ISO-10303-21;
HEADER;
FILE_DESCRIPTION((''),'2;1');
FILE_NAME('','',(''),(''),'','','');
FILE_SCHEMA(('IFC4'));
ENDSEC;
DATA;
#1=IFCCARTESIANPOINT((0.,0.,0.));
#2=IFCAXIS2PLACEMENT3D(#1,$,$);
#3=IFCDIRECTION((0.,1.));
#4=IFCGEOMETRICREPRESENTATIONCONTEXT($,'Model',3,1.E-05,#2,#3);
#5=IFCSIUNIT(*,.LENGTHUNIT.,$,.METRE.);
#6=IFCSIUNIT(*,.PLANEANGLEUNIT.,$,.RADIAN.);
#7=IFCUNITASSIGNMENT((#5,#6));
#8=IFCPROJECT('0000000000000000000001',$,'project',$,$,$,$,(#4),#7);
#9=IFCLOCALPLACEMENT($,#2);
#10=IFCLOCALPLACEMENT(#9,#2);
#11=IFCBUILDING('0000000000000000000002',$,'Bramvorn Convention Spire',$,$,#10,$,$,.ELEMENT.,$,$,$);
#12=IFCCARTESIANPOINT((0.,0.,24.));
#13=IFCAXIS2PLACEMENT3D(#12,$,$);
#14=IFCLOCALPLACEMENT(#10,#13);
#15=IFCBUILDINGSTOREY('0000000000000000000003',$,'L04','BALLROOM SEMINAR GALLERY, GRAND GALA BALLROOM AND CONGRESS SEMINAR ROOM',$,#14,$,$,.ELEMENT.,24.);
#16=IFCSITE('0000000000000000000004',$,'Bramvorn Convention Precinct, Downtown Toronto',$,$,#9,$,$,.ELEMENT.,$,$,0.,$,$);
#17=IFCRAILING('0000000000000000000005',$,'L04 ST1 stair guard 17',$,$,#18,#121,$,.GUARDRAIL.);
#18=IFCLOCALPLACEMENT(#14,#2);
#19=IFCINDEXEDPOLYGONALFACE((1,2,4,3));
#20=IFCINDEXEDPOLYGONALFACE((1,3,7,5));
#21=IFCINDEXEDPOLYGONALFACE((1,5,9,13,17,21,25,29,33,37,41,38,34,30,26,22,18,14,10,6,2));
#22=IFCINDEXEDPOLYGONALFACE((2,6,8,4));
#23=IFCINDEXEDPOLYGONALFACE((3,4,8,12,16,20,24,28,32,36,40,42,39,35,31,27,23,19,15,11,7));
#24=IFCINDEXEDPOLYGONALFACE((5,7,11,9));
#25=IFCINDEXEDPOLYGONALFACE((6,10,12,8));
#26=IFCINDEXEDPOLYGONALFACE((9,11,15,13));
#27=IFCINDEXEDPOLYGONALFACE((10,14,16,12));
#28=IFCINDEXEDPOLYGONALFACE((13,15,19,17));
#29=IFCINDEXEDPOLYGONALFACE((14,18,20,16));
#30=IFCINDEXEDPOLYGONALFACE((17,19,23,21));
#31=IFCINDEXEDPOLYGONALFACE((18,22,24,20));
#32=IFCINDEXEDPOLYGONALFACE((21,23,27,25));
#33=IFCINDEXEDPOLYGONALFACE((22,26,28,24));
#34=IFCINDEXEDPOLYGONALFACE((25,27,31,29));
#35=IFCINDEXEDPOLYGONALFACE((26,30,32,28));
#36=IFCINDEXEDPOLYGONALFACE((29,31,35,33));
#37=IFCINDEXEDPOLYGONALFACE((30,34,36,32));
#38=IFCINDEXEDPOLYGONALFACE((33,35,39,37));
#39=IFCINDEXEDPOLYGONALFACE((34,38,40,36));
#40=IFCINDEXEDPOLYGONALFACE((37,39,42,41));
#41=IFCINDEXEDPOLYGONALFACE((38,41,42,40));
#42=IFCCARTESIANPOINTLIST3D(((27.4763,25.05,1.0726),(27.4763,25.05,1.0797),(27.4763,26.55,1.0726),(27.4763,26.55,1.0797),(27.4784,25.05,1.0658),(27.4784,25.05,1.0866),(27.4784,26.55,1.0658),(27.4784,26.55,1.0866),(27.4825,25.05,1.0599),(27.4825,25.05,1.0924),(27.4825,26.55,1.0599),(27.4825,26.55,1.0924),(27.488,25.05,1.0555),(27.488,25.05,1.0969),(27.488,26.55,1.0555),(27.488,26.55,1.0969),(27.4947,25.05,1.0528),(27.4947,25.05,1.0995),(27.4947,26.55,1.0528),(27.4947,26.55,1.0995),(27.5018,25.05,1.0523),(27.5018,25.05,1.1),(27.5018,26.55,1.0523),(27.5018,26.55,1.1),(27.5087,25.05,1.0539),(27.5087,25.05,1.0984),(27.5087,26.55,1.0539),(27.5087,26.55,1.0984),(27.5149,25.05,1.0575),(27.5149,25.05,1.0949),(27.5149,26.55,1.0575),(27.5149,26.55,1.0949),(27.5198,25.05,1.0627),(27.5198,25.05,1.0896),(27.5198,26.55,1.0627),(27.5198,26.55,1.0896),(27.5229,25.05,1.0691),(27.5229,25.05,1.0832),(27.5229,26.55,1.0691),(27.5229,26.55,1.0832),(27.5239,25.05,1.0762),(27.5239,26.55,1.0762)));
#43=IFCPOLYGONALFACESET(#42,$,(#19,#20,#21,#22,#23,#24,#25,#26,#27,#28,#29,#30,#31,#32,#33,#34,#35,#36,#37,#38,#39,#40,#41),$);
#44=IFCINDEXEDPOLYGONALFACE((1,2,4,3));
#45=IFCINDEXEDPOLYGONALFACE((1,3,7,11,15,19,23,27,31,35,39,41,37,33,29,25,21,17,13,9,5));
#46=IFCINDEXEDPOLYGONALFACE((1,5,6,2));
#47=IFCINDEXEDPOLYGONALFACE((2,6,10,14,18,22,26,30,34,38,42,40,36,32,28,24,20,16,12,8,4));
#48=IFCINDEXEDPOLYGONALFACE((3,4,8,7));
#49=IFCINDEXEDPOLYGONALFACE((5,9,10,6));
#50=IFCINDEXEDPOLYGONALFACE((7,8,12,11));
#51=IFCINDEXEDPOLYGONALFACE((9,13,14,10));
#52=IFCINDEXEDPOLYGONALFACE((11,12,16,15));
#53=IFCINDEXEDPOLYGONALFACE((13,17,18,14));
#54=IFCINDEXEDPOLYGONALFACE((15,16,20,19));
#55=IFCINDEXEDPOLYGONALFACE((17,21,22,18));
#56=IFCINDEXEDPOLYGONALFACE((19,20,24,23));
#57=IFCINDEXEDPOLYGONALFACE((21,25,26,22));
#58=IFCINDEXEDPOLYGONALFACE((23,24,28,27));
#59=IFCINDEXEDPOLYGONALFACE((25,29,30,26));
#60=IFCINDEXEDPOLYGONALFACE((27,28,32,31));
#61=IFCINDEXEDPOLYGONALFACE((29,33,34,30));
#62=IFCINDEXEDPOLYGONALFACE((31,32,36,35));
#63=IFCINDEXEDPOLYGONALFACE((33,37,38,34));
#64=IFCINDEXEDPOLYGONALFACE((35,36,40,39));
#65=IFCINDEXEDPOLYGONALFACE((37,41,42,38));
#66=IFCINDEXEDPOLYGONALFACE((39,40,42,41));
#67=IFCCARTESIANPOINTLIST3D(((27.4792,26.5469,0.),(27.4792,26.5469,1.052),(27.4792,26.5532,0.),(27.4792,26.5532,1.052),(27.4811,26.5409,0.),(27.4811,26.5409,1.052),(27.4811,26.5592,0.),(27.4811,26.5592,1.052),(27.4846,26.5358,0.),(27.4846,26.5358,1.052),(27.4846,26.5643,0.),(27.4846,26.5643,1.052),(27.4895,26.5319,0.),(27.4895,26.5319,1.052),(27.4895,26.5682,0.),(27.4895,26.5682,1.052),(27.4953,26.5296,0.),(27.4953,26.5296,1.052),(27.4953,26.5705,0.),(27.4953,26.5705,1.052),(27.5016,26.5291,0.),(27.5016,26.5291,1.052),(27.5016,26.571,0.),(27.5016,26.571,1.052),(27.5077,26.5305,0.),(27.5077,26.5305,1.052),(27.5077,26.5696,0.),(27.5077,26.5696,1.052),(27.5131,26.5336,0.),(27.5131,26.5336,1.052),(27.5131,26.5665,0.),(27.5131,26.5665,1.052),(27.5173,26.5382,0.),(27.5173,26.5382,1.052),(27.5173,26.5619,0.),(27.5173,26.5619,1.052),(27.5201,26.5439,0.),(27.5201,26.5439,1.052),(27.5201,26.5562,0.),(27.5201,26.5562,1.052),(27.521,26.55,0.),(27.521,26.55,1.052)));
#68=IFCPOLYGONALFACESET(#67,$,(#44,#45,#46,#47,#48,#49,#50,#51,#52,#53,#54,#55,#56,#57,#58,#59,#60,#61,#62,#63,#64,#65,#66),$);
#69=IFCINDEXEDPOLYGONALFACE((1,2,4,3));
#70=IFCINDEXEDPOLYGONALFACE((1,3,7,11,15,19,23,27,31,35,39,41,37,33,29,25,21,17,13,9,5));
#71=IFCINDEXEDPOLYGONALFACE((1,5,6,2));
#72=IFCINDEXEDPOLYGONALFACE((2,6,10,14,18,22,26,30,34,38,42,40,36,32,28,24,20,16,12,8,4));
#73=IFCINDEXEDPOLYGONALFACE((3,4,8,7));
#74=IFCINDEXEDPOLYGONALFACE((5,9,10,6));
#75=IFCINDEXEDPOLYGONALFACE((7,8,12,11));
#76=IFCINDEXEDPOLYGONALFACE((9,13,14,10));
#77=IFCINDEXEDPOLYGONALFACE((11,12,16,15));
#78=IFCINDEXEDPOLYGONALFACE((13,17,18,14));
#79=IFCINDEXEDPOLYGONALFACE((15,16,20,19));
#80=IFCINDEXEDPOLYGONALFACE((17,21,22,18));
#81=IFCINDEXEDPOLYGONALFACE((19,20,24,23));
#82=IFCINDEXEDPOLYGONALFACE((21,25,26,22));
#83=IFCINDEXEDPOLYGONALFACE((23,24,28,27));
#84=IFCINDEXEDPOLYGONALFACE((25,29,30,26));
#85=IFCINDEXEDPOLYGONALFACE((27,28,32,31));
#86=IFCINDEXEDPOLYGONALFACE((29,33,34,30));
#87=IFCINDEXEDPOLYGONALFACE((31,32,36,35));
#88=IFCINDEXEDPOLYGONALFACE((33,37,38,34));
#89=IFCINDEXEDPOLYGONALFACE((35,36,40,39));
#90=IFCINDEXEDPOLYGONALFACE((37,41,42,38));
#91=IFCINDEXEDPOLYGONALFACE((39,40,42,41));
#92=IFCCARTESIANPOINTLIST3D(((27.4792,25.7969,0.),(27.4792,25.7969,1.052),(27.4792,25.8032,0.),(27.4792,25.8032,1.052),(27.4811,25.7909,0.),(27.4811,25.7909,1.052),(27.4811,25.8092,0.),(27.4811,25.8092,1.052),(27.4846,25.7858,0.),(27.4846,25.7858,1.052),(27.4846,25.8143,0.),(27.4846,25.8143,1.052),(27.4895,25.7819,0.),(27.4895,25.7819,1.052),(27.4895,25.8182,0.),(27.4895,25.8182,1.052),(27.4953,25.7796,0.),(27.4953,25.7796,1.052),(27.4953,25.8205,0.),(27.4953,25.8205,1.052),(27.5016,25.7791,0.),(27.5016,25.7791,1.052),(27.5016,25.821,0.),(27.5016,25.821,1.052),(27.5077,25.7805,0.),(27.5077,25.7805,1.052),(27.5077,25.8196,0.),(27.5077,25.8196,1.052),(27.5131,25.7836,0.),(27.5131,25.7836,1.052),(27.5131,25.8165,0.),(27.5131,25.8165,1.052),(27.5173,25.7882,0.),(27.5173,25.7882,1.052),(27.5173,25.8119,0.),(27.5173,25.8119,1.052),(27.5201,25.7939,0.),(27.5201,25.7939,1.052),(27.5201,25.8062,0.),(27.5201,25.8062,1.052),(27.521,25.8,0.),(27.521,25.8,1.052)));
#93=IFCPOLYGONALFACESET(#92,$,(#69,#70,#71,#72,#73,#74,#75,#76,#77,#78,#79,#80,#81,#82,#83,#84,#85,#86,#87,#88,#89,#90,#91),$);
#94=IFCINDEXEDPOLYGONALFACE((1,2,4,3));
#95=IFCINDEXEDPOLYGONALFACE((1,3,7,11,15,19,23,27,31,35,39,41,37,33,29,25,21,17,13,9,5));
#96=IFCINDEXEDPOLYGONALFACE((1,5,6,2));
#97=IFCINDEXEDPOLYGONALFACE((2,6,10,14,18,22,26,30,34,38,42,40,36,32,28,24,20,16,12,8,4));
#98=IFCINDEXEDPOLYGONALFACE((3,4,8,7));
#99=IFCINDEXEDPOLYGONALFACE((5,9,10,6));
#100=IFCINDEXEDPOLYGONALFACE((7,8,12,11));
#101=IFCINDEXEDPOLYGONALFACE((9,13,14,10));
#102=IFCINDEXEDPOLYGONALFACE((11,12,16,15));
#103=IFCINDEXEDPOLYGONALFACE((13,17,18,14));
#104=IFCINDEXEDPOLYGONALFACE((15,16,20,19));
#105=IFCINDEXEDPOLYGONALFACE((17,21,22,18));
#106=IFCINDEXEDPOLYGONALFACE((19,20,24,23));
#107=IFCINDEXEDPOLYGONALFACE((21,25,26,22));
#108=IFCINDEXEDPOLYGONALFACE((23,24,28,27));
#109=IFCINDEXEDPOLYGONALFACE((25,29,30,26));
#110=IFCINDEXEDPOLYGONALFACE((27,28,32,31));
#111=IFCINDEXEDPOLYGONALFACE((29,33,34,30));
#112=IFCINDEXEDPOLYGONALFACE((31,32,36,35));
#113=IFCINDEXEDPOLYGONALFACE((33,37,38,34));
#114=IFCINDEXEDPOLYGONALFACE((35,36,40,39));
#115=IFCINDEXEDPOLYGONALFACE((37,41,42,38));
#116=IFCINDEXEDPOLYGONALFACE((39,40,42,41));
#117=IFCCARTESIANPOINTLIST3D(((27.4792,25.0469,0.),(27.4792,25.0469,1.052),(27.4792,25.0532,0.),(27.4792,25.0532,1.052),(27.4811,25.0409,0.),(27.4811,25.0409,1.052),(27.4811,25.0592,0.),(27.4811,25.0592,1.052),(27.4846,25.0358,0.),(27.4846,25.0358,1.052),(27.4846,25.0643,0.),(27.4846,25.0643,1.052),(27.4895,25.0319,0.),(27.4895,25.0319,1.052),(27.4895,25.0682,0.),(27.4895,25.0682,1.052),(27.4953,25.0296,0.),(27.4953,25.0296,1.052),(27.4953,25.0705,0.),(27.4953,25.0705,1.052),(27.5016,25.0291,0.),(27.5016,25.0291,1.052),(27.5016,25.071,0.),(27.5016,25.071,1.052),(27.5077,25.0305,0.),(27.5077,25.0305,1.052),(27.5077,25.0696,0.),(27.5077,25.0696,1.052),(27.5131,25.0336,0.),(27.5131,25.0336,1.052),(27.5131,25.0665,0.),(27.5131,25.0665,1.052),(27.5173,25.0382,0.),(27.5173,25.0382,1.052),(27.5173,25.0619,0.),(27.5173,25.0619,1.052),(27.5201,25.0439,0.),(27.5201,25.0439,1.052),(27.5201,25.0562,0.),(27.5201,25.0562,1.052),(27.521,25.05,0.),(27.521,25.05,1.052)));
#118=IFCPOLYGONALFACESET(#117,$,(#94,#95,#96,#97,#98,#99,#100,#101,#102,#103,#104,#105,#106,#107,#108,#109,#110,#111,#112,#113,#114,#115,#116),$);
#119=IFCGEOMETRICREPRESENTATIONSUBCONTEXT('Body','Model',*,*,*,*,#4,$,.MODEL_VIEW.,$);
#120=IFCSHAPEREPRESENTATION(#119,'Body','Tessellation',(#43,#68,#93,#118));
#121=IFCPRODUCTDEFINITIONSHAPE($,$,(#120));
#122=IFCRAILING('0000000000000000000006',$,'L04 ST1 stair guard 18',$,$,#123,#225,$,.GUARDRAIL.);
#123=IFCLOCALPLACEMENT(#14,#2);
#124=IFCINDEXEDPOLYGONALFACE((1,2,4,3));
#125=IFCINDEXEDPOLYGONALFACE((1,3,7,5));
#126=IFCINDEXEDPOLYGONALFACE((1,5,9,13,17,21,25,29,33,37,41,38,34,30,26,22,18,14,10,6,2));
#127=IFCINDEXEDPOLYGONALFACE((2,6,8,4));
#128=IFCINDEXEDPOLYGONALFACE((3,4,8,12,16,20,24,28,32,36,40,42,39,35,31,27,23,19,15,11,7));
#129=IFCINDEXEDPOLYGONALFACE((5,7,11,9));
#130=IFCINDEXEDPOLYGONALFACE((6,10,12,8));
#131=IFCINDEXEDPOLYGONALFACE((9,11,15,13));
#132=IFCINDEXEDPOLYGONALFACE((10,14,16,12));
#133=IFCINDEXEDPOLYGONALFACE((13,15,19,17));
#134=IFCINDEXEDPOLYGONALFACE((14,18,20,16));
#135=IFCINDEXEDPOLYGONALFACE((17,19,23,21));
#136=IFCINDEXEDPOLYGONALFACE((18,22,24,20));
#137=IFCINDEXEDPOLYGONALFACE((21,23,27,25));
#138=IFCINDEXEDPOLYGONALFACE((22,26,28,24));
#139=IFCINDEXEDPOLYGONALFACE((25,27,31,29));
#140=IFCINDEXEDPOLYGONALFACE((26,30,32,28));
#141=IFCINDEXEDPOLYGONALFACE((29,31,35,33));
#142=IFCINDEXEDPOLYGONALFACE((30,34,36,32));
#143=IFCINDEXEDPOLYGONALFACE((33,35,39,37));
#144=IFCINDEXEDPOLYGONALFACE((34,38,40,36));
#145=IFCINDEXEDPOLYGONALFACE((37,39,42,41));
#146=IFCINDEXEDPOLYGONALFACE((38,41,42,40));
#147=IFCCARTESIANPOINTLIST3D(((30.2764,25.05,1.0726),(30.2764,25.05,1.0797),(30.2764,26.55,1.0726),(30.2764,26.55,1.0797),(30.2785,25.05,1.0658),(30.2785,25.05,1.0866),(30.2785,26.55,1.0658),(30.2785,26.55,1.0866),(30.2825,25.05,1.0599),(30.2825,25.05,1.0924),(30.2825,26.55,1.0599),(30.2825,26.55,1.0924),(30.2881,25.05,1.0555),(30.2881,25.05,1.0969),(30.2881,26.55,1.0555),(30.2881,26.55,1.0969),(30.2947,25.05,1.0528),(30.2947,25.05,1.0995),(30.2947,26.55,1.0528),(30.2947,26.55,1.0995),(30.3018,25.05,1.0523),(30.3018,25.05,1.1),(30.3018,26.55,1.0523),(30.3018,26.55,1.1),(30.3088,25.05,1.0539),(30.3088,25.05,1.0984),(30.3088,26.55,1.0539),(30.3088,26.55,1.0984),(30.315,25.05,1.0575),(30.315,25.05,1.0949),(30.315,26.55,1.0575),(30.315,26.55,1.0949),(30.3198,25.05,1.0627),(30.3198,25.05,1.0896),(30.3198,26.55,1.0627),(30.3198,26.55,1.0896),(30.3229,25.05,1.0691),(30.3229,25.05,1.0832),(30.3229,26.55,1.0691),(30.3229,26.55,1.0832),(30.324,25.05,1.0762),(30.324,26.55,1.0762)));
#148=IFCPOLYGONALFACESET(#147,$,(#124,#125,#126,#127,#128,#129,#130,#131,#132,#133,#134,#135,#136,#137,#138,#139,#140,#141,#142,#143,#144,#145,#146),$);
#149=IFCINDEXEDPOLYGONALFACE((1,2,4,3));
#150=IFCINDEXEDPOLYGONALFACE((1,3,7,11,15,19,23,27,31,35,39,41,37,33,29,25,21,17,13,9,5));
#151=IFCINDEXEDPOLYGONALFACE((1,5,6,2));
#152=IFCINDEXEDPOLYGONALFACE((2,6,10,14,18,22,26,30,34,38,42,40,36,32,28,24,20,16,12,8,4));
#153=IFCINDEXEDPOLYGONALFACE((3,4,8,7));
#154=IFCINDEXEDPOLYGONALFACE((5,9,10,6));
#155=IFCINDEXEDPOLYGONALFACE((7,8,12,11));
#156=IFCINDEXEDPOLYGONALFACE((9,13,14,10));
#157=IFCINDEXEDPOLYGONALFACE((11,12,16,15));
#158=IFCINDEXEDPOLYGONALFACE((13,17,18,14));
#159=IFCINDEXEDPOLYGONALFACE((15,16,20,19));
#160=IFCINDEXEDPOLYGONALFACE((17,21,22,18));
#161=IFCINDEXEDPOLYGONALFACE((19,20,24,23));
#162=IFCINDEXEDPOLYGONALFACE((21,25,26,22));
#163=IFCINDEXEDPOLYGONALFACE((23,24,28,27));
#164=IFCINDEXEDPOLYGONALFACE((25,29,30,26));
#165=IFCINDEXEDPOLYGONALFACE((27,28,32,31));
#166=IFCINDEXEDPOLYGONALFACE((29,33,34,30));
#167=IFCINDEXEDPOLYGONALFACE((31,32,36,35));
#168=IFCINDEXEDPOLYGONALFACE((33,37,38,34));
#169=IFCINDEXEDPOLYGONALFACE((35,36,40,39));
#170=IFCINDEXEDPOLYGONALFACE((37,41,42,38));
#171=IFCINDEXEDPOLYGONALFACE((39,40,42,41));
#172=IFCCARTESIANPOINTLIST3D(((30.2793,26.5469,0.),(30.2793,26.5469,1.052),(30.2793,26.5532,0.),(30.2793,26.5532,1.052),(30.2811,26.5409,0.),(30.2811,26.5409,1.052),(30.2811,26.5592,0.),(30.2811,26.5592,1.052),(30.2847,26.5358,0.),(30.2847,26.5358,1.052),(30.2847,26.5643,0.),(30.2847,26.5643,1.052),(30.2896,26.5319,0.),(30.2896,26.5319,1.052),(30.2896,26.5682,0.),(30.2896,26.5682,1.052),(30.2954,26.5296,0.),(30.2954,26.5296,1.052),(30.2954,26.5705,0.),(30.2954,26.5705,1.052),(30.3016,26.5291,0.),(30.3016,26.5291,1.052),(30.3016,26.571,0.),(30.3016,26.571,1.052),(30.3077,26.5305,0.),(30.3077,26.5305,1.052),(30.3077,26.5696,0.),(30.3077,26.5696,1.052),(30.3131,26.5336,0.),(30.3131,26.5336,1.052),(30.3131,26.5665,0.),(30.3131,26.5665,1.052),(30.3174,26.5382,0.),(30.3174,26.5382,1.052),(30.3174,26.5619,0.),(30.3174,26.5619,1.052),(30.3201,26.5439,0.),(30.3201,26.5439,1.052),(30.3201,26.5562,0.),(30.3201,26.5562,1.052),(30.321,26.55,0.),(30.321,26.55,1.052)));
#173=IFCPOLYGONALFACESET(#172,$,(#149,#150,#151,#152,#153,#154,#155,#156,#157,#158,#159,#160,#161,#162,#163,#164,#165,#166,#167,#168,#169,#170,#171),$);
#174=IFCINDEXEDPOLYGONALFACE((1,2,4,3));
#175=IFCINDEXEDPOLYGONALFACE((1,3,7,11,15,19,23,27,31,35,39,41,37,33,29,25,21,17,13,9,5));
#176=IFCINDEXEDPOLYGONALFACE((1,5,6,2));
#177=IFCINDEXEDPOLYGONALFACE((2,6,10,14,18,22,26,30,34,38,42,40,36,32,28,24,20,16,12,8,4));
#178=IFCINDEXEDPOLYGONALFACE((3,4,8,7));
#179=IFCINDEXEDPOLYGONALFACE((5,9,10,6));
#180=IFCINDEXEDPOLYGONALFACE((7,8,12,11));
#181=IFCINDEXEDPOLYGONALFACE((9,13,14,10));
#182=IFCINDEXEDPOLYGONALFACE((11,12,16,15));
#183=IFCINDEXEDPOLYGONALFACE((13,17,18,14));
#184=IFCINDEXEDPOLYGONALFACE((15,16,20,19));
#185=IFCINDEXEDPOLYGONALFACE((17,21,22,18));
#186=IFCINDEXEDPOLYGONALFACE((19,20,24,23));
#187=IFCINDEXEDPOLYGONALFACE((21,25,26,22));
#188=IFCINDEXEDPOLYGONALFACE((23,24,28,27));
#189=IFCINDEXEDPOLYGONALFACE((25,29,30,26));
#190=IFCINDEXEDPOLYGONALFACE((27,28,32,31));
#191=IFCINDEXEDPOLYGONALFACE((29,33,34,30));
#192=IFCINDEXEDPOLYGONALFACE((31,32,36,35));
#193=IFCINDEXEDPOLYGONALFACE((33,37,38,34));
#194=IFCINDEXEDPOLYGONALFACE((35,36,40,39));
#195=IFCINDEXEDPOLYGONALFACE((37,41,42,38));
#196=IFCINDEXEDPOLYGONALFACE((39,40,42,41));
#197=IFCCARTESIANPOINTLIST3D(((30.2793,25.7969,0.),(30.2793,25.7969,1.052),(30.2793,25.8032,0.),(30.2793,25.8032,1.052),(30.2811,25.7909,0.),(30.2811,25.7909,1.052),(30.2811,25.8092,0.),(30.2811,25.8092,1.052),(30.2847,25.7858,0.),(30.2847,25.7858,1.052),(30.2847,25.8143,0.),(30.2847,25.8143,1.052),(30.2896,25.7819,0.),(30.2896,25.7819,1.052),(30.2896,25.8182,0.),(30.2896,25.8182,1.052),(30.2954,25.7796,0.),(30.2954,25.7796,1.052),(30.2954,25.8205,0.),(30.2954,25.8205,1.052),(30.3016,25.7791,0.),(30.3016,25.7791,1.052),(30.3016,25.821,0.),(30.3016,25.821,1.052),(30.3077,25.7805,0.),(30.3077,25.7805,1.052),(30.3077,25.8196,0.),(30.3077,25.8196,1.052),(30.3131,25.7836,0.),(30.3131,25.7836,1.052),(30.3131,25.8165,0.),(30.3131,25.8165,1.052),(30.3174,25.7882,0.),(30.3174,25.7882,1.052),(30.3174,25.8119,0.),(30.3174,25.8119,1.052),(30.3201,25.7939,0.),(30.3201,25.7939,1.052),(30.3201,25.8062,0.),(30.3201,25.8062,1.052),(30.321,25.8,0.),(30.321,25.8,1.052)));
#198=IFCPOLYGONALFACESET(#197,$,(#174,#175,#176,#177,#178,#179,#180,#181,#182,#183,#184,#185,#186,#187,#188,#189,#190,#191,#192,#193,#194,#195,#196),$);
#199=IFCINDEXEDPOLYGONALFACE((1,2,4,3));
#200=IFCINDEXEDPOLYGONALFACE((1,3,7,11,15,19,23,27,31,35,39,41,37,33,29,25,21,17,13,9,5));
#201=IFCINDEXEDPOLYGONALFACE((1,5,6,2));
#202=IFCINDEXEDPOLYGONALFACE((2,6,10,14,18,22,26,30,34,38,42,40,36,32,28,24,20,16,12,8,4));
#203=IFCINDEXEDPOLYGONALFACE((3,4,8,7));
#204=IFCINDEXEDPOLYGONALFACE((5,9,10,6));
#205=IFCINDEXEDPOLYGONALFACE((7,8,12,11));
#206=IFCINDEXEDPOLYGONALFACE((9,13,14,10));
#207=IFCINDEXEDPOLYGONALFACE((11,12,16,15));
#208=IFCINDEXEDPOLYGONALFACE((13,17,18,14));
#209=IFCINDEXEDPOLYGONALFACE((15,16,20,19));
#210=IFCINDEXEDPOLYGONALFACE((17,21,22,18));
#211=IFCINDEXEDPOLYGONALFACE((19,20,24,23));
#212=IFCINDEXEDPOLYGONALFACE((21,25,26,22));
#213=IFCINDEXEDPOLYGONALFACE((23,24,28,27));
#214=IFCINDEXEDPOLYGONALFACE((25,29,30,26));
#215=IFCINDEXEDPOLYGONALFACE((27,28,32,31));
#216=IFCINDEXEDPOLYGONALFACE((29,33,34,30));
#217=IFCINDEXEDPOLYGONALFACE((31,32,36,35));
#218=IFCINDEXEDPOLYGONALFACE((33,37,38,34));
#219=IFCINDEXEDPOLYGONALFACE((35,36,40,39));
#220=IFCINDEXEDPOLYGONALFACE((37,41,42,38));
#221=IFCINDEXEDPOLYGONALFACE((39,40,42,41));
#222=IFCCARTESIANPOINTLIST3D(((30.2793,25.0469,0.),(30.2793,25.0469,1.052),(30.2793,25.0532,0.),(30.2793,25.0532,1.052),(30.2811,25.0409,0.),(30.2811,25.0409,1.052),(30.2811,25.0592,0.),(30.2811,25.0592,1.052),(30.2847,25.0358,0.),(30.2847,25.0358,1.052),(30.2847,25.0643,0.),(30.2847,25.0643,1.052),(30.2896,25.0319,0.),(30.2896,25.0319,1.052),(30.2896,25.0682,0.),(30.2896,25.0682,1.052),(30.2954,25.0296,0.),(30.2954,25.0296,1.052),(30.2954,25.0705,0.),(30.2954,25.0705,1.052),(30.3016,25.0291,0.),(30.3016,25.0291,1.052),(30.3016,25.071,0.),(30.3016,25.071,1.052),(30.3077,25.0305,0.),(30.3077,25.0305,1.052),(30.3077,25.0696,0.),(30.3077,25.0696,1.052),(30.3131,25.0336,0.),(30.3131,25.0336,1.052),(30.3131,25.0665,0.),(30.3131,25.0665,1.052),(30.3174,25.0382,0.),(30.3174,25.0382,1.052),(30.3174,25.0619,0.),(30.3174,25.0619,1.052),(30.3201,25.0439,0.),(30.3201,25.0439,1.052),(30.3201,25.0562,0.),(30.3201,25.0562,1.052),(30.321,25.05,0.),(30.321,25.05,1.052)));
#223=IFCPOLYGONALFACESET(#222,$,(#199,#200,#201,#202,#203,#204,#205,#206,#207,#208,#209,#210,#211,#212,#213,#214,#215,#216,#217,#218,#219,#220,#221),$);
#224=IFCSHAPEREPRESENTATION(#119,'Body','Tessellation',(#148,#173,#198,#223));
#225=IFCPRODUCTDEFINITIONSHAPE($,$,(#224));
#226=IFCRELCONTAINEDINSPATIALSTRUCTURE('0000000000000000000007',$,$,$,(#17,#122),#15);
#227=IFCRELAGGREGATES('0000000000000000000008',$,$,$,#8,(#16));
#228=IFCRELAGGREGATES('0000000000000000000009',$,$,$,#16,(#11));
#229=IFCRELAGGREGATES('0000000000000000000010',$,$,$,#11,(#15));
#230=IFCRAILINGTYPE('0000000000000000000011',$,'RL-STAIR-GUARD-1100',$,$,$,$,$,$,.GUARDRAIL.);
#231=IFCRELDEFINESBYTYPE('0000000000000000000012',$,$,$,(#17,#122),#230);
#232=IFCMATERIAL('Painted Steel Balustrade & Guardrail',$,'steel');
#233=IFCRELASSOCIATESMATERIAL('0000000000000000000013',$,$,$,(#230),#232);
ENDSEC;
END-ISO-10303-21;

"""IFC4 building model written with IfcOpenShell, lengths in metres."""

from ifc_helpers import new_model, si_unit, direction, frame, origin, origin_2d, place, context, subcontext, project, spatial, circle, extrude, material, type_object, element, save


model = new_model("IFC4")

# Units and contexts
model_context = context("Model", 3, precision=1e-05, world=origin(), true_north=direction((0.0, 1.0)))
body_context = subcontext(model_context, "Body", "Model", "MODEL_VIEW")
ifc_project = project(units=[si_unit("LENGTHUNIT", "METRE"), si_unit("PLANEANGLEUNIT", "RADIAN")], contexts=[model_context])

# Site, building, storey
site_placement = place(None, origin())
site = spatial("IfcSite", under=ifc_project, at=site_placement, Name="Bramvorn Convention Precinct, Downtown Toronto", CompositionType="ELEMENT", RefElevation=0.0)
building_placement = place(site_placement, origin())
building = spatial("IfcBuilding", under=site, at=building_placement, Name="Bramvorn Convention Spire", CompositionType="ELEMENT")
storey_placement = place(building_placement, frame((0.0, 0.0, 24.0)))
storey = spatial("IfcBuildingStorey", under=building, at=storey_placement, Name="L04", Description="BALLROOM SEMINAR GALLERY, GRAND GALA BALLROOM AND CONGRESS SEMINAR ROOM", CompositionType="ELEMENT", Elevation=24.0)

# Railings
ifc_material_1 = material(Name="Painted Steel Balustrade & Guardrail", Category="steel")
railing_type = type_object("IfcRailingType", Name="RL-STAIR-GUARD-1100", PredefinedType="GUARDRAIL", material=ifc_material_1)
for number, where, name in (
    (1, (27.5, 26.55, 0.0), "L04 ST1 stair guard 17"),
    (2, (30.3, 26.55, 0.0), "L04 ST1 stair guard 18"),
):
    element("IfcRailing", number, at=place(storey_placement, frame(where)), inside=storey, type_object=railing_type, Name=name, PredefinedType="GUARDRAIL", context=body_context, shape_type="SweptSolid", body=[
        extrude(circle(Radius=0.0239, at=origin_2d()), frame((0.0, 0.0, 1.0762), z_axis=(0.0, -1.0, 0.0), x_axis=(1.0, 0.0, 0.0)), (0.0, 0.0, 1.0), 1.5),
        extrude(circle(Radius=0.021, at=origin_2d()), origin(), (0.0, 0.0, 1.0), 1.052),
        extrude(circle(Radius=0.021, at=origin_2d()), frame((0.0, -0.75, 0.0)), (0.0, 0.0, 1.0), 1.052),
        extrude(circle(Radius=0.021, at=origin_2d()), frame((0.0, -1.5, 0.0)), (0.0, 0.0, 1.0), 1.052),
    ])

save(model, "model.ifc")
